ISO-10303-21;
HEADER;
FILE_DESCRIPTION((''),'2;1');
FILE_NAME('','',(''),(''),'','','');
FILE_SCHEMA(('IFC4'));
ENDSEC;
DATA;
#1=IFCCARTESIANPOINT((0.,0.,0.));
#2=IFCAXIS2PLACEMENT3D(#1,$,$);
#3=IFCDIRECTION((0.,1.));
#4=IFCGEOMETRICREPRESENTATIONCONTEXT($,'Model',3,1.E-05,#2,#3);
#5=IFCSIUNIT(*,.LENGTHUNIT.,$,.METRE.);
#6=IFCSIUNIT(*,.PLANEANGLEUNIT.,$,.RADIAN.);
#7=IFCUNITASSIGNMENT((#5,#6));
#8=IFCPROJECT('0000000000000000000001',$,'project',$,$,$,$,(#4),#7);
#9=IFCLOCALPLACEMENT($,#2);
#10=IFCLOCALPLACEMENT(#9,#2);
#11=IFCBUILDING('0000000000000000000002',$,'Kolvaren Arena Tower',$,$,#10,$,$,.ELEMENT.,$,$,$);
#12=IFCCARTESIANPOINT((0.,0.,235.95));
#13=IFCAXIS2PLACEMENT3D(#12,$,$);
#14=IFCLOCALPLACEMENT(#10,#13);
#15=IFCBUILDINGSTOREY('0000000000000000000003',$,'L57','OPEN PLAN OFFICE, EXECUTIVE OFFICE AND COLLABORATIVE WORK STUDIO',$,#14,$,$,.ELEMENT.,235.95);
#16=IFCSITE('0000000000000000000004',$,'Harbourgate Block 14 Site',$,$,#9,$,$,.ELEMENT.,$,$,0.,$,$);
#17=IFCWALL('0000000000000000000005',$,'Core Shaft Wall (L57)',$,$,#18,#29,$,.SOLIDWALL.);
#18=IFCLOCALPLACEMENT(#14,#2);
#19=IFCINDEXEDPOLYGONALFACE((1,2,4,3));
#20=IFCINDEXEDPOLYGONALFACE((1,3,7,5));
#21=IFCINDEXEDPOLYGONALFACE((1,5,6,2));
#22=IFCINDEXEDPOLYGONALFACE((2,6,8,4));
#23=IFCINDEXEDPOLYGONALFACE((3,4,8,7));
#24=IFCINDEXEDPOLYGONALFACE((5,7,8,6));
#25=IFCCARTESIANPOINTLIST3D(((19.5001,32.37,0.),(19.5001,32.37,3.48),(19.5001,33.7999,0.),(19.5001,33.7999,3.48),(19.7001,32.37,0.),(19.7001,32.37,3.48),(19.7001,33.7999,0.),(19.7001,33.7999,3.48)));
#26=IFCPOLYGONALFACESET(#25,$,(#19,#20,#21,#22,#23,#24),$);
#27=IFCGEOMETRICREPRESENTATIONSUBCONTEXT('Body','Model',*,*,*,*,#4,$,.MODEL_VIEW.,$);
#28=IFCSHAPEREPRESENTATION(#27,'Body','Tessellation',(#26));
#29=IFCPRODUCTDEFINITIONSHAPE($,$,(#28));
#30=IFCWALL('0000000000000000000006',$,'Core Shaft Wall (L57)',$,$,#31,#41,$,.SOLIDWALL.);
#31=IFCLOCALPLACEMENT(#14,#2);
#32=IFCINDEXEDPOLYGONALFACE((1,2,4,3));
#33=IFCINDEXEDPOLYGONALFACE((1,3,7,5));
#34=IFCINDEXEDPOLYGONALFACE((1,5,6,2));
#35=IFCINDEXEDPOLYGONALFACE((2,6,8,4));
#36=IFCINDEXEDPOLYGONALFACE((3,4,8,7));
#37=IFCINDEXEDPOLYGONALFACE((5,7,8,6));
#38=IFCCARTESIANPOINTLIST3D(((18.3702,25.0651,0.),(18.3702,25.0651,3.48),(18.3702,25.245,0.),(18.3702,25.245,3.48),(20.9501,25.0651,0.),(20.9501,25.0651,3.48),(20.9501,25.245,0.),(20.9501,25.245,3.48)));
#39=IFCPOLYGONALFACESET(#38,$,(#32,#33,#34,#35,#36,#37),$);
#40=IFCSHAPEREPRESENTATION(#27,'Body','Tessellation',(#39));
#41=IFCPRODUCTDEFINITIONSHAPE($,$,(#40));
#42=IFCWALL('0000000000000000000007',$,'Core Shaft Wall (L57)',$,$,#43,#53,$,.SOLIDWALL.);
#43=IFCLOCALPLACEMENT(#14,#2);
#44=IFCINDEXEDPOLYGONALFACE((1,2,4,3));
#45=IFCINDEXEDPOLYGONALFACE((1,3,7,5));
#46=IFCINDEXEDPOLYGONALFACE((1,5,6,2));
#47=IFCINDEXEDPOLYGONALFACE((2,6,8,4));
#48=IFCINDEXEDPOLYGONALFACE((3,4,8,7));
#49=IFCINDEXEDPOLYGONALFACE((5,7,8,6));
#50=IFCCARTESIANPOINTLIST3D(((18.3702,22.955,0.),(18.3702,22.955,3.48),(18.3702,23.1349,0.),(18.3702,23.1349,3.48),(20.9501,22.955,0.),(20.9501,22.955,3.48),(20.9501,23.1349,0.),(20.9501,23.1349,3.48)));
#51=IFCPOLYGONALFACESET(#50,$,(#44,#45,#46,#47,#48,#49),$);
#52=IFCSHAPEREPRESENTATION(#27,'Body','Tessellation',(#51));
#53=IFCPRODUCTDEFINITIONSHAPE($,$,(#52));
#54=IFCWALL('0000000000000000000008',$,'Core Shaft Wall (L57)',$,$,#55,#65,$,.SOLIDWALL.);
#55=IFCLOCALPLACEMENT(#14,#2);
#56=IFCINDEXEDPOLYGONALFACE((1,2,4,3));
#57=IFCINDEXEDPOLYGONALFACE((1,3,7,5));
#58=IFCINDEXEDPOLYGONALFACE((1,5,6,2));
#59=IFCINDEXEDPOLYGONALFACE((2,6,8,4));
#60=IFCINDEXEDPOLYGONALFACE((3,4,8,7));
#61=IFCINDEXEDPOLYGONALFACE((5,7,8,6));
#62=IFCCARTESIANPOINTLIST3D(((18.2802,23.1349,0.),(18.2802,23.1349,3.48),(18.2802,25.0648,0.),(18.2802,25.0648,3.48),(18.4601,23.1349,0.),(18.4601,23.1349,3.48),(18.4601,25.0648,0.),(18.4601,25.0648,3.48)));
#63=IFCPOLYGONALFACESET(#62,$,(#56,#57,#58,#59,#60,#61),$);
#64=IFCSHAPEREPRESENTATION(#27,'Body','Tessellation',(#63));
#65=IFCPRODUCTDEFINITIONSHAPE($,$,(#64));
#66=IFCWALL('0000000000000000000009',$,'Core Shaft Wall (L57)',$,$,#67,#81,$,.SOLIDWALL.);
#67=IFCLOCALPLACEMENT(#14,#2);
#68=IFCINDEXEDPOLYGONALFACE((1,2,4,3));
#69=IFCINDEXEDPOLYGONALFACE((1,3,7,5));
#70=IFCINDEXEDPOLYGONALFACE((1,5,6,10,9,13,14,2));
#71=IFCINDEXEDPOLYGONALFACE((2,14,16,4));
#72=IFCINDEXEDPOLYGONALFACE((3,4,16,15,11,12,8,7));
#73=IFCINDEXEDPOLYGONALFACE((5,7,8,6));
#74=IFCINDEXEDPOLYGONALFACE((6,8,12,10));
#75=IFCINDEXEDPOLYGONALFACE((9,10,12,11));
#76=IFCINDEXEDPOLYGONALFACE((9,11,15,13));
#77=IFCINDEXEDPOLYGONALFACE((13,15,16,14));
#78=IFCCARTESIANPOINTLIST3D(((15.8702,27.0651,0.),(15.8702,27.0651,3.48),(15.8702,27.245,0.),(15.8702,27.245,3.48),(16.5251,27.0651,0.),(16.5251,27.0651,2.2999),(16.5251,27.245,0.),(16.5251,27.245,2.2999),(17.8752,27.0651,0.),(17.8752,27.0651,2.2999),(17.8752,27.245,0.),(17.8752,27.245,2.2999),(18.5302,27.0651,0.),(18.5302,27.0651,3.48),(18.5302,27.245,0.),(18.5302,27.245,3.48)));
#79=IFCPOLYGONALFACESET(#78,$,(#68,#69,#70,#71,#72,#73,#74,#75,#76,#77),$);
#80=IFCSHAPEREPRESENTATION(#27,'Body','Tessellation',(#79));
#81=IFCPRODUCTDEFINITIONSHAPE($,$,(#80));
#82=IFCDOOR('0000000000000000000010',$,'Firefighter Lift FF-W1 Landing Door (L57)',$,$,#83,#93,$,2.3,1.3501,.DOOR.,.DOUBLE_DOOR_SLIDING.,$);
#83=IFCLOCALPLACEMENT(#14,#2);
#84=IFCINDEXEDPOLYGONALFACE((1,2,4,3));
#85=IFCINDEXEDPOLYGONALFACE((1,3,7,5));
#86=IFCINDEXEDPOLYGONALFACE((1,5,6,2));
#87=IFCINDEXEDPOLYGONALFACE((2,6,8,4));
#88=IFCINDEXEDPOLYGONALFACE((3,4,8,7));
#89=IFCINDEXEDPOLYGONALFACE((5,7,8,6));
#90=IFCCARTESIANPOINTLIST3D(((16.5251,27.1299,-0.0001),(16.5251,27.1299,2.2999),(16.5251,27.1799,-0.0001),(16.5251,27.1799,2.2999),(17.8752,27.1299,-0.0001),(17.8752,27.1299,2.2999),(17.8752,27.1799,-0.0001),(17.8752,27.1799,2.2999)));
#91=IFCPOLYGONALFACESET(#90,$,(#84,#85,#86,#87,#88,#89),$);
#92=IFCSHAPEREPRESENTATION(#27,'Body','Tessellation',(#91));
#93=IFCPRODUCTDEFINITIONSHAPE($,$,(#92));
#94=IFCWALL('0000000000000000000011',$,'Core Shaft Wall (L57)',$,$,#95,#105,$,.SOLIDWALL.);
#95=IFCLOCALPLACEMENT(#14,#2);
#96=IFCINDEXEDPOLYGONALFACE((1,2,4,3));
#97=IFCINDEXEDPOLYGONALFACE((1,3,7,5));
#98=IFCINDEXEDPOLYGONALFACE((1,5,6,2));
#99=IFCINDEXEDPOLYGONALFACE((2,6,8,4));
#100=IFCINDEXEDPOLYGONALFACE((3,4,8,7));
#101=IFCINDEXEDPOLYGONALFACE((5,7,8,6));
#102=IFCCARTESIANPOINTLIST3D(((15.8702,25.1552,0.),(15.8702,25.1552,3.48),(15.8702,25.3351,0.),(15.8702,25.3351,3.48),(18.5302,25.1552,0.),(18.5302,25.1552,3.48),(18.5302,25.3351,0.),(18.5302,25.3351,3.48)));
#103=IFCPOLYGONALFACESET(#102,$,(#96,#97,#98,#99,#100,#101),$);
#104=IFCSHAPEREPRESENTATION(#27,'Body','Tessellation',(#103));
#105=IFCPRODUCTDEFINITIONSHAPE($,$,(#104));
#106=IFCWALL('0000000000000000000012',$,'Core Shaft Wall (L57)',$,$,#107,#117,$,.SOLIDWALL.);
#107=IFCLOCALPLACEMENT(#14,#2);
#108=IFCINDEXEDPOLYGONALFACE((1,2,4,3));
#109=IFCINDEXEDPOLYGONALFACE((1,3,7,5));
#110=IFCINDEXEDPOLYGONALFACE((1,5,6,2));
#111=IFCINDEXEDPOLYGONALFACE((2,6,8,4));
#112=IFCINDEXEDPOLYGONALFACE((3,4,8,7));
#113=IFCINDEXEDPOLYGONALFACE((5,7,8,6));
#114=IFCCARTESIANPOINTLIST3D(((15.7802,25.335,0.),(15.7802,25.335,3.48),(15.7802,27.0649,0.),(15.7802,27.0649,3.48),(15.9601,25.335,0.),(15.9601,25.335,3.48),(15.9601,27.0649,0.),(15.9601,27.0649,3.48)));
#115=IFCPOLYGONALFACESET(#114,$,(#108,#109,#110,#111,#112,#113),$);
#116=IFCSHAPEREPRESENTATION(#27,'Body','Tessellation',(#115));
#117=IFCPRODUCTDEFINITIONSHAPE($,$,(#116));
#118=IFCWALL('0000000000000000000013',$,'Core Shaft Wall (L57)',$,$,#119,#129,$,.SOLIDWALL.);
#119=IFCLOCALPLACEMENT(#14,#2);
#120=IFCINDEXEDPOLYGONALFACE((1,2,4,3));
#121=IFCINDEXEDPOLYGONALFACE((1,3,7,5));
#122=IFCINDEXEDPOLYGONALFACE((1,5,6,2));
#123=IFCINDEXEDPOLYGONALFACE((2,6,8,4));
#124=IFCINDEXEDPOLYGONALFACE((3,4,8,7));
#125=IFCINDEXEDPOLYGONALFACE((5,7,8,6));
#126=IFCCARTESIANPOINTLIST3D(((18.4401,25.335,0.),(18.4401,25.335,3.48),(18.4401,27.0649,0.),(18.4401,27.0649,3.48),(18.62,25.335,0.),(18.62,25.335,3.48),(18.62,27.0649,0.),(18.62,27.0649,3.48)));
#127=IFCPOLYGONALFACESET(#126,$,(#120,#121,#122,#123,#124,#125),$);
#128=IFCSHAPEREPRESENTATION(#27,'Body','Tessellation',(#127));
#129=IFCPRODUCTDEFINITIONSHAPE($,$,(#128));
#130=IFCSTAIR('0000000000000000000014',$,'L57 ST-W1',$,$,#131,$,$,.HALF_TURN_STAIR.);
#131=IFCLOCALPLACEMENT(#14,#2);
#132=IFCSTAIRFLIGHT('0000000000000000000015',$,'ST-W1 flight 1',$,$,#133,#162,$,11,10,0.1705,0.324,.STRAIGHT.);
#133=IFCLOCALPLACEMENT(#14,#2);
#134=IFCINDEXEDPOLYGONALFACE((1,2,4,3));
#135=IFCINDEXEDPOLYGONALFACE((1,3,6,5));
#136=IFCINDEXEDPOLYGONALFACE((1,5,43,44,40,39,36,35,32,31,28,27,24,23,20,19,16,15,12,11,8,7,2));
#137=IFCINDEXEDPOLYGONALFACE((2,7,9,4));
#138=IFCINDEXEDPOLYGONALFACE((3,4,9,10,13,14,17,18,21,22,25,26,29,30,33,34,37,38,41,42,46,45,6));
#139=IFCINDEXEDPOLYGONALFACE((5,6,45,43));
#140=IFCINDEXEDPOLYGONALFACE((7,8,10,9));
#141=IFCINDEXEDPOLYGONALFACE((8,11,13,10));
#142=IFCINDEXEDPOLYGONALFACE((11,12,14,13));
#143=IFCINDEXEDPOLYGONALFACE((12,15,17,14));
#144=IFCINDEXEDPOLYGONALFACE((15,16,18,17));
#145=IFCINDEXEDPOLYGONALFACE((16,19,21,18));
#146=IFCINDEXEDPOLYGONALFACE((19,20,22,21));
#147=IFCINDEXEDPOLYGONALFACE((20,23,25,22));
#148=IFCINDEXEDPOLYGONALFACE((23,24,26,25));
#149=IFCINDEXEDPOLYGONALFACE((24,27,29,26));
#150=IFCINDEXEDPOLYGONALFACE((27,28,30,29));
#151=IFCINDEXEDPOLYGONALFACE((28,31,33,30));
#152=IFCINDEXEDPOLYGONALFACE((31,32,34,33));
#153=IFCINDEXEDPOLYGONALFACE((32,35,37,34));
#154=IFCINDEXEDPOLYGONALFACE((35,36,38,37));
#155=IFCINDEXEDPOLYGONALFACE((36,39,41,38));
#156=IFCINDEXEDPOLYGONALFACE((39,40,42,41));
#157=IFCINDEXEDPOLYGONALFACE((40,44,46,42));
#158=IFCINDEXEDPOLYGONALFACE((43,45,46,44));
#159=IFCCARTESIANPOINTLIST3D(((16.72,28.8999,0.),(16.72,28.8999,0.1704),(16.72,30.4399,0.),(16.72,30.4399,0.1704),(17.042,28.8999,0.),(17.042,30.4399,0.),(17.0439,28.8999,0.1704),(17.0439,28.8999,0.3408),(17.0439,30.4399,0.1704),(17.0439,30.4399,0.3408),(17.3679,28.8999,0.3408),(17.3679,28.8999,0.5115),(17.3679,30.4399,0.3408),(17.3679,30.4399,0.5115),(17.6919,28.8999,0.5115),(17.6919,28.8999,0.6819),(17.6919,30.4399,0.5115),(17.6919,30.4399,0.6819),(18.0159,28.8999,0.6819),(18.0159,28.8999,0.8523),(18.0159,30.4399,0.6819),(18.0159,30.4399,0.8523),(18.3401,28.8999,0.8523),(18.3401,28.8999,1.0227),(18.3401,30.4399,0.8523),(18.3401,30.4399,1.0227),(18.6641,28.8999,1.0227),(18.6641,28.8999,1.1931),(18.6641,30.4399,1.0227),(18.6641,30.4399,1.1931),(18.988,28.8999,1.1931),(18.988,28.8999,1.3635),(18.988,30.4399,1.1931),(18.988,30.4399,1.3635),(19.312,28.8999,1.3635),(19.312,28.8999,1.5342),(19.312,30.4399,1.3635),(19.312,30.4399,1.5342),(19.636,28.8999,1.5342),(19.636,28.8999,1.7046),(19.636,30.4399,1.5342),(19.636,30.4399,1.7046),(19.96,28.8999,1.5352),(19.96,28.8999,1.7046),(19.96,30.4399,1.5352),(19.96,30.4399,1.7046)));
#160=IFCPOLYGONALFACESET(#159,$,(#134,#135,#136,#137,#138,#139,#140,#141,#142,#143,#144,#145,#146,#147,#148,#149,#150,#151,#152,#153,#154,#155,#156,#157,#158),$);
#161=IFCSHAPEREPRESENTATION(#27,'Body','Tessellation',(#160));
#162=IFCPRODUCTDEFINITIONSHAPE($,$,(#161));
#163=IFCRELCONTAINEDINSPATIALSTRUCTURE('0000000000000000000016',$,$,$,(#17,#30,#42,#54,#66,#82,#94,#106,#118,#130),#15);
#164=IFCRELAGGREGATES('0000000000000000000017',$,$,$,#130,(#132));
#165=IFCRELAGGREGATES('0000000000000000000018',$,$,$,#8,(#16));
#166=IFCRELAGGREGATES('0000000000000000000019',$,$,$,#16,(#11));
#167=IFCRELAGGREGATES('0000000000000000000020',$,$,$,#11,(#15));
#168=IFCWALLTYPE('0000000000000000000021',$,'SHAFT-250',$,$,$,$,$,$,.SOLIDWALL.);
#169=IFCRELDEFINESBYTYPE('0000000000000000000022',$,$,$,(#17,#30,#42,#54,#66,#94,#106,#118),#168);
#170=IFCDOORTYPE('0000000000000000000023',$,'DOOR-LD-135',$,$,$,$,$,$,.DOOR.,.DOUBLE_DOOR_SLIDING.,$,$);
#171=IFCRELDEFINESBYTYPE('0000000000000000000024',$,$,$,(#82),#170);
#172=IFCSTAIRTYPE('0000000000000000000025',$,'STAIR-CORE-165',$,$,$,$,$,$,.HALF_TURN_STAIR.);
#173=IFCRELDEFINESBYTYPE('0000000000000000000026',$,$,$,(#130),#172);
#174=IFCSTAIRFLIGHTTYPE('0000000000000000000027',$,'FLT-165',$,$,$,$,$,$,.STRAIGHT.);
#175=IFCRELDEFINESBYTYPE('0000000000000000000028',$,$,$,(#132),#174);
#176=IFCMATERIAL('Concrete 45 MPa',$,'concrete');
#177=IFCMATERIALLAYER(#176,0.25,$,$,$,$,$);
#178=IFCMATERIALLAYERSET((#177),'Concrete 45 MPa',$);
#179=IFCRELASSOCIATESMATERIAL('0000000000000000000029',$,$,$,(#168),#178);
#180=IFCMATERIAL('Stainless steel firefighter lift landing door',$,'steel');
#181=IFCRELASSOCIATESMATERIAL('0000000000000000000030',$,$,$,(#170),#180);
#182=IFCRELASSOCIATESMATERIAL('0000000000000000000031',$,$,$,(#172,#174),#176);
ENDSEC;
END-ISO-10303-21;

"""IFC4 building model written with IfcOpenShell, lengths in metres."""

from ifc_helpers import new_model, si_unit, direction, frame, frame_2d, origin, place, context, subcontext, project, spatial, polyline, rectangle, outline, extrude, material, layer, layer_set, type_object, element, fill, aggregate, save


model = new_model("IFC4")

# Units and contexts
model_context = context("Model", 3, precision=1e-05, world=origin(), true_north=direction((0.0, 1.0)))
body_context = subcontext(model_context, "Body", "Model", "MODEL_VIEW")
ifc_project = project(units=[si_unit("LENGTHUNIT", "METRE"), si_unit("PLANEANGLEUNIT", "RADIAN")], contexts=[model_context])

# Site, building, storey
site_placement = place(None, origin())
site = spatial("IfcSite", under=ifc_project, at=site_placement, Name="Harbourgate Block 14 Site", CompositionType="ELEMENT", RefElevation=0.0)
building_placement = place(site_placement, origin())
building = spatial("IfcBuilding", under=site, at=building_placement, Name="Kolvaren Arena Tower", CompositionType="ELEMENT")
storey_placement = place(building_placement, frame((0.0, 0.0, 235.95)))
storey = spatial("IfcBuildingStorey", under=building, at=storey_placement, Name="L57", Description="OPEN PLAN OFFICE, EXECUTIVE OFFICE AND COLLABORATIVE WORK STUDIO", CompositionType="ELEMENT", Elevation=235.95)

# Walls
ifc_material_1 = material(Name="Concrete 45 MPa", Category="concrete")
ifc_layer_1 = layer(ifc_material_1, 0.25)
ifc_layer_set_1 = layer_set([ifc_layer_1], Name="Concrete 45 MPa")
wall_type_1 = type_object("IfcWallType", Name="SHAFT-250", PredefinedType="SOLIDWALL", material=ifc_layer_set_1)
wall_1_placement = place(storey_placement, frame((19.6001, 32.3701, 0.0), z_axis=(0.0, 0.0, 1.0), x_axis=(0.0, 1.0, 0.0)))
element("IfcWall", 1, at=wall_1_placement, inside=storey, type_object=wall_type_1, Name="Core Shaft Wall (L57)", PredefinedType="SOLIDWALL", context=body_context, shape_type="SweptSolid", body=[
    extrude(rectangle(XDim=1.4299, YDim=0.2, at=frame_2d((0.7148, 0.0))), origin(), (0.0, 0.0, 1.0), 3.48),
])
for number, where, z_axis, x_axis, name in (
    (2, (18.3701, 25.155, 0.0), (0.0, 0.0, 1.0), (1.0, 0.0, 0.0), "Core Shaft Wall (L57)"),
    (3, (18.3701, 23.0449, 0.0), (0.0, 0.0, 1.0), (1.0, 0.0, 0.0), "Core Shaft Wall (L57)"),
):
    element("IfcWall", number, at=place(storey_placement, frame(where, z_axis=z_axis, x_axis=x_axis)), inside=storey, type_object=wall_type_1, Name=name, PredefinedType="SOLIDWALL", context=body_context, shape_type="SweptSolid", body=[
        extrude(rectangle(XDim=2.5798, YDim=0.1799, at=frame_2d((1.29, 0.0))), origin(), (0.0, 0.0, 1.0), 3.48),
    ])
wall_2_placement = place(storey_placement, frame((18.3701, 23.135, 0.0), z_axis=(0.0, 0.0, 1.0), x_axis=(0.0, 1.0, 0.0)))
element("IfcWall", 4, at=wall_2_placement, inside=storey, type_object=wall_type_1, Name="Core Shaft Wall (L57)", PredefinedType="SOLIDWALL", context=body_context, shape_type="SweptSolid", body=[
    extrude(rectangle(XDim=1.9299, YDim=0.1799, at=frame_2d((0.9648, 0.0))), origin(), (0.0, 0.0, 1.0), 3.48),
])

# Wall, opening, door
wall_3_placement = place(storey_placement, frame((15.8701, 27.155, 0.0), z_axis=(0.0, 0.0, 1.0), x_axis=(1.0, 0.0, 0.0)))
wall_3 = element("IfcWall", 5, at=wall_3_placement, inside=storey, type_object=wall_type_1, Name="Core Shaft Wall (L57)", PredefinedType="SOLIDWALL", context=body_context, shape_type="SweptSolid", body=[
    extrude(rectangle(XDim=2.6599, YDim=0.1799, at=frame_2d((1.3301, 0.0))), origin(), (0.0, 0.0, 1.0), 3.48),
])
opening_1_placement = place(wall_3_placement, frame((0.655, 0.0, 0.0)))
opening_1 = element("IfcOpeningElement", 6, at=opening_1_placement, cuts=wall_3, PredefinedType="OPENING", context=body_context, shape_type="SweptSolid", body=[
    extrude(rectangle(XDim=1.3501, YDim=2.3, at=frame_2d((0.675, 1.1499))), frame((0.0, 0.0999, 0.0), z_axis=(0.0, -1.0, 0.0), x_axis=(1.0, 0.0, 0.0)), (0.0, 0.0, 1.0), 0.2),
])
ifc_material_2 = material(Name="Stainless steel firefighter lift landing door", Category="steel")
door_type_1 = type_object("IfcDoorType", Name="DOOR-LD-135", OperationType="DOUBLE_DOOR_SLIDING", PredefinedType="DOOR", material=ifc_material_2)
door_1_placement = place(opening_1_placement, origin())
door_1 = element("IfcDoor", 7, at=door_1_placement, inside=storey, type_object=door_type_1, Name="Firefighter Lift FF-W1 Landing Door (L57)", OperationType="DOUBLE_DOOR_SLIDING", OverallHeight=2.3, OverallWidth=1.3501, PredefinedType="DOOR", context=body_context, shape_type="SweptSolid", body=[
    extrude(rectangle(XDim=1.3501, YDim=2.3, at=frame_2d((0.675, 1.1499))), frame((0.0, 0.0249, 0.0), z_axis=(0.0, -1.0, 0.0), x_axis=(1.0, 0.0, 0.0)), (0.0, 0.0, 1.0), 0.05),
])
fill(opening_1, door_1)

# Walls
wall_4_placement = place(storey_placement, frame((15.8701, 25.2451, 0.0), z_axis=(0.0, 0.0, 1.0), x_axis=(1.0, 0.0, 0.0)))
element("IfcWall", 8, at=wall_4_placement, inside=storey, type_object=wall_type_1, Name="Core Shaft Wall (L57)", PredefinedType="SOLIDWALL", context=body_context, shape_type="SweptSolid", body=[
    extrude(rectangle(XDim=2.6599, YDim=0.1799, at=frame_2d((1.3301, 0.0))), origin(), (0.0, 0.0, 1.0), 3.48),
])
for number, where, z_axis, x_axis, name in (
    (9, (15.8701, 25.335, 0.0), (0.0, 0.0, 1.0), (0.0, 1.0, 0.0), "Core Shaft Wall (L57)"),
    (10, (18.53, 25.335, 0.0), (0.0, 0.0, 1.0), (0.0, 1.0, 0.0), "Core Shaft Wall (L57)"),
):
    element("IfcWall", number, at=place(storey_placement, frame(where, z_axis=z_axis, x_axis=x_axis)), inside=storey, type_object=wall_type_1, Name=name, PredefinedType="SOLIDWALL", context=body_context, shape_type="SweptSolid", body=[
        extrude(rectangle(XDim=1.73, YDim=0.1799, at=frame_2d((0.865, 0.0))), origin(), (0.0, 0.0, 1.0), 3.48),
    ])

# Stair, stair flight
stair_type = type_object("IfcStairType", Name="STAIR-CORE-165", PredefinedType="HALF_TURN_STAIR", material=ifc_material_1)
stair_placement = place(storey_placement, origin())
stair = element("IfcStair", 11, at=stair_placement, inside=storey, type_object=stair_type, Name="L57 ST-W1", PredefinedType="HALF_TURN_STAIR")
stair_flight_type = type_object("IfcStairFlightType", Name="FLT-165", PredefinedType="STRAIGHT", material=ifc_material_1)
stair_flight_placement = place(storey_placement, frame((16.72, 29.6699, 0.0), z_axis=(0.0, 0.0, 1.0), x_axis=(1.0, 0.0, 0.0)))
stair_flight = element("IfcStairFlight", 12, at=stair_flight_placement, type_object=stair_flight_type, Name="ST-W1 flight 1", NumberOfRisers=11, NumberOfTreads=10, PredefinedType="STRAIGHT", RiserHeight=0.1705, TreadLength=0.324, context=body_context, shape_type="SweptSolid", body=[
    extrude(outline(polyline([(0.0, 0.0), (0.0, 0.1704), (0.324, 0.1704), (0.324, 0.3408), (0.6479, 0.3408), (0.6479, 0.5115), (0.9719, 0.5115), (0.9719, 0.6819), (1.2959, 0.6819), (1.2959, 0.8523), (1.6201, 0.8523), (1.6201, 1.0227), (1.9441, 1.0227), (1.9441, 1.1931), (2.2681, 1.1931), (2.2681, 1.3635), (2.592, 1.3635), (2.592, 1.5342), (2.916, 1.5342), (2.916, 1.7046), (3.24, 1.7046), (3.24, 1.875), (3.24, 1.5352), (0.322, 0.0), (0.0, 0.0)])), frame((0.0, 0.77, 0.0), z_axis=(0.0, -1.0, 0.0), x_axis=(1.0, 0.0, 0.0)), (0.0, 0.0, 1.0), 1.54),
])
aggregate(stair, [stair_flight])

save(model, "model.ifc")
